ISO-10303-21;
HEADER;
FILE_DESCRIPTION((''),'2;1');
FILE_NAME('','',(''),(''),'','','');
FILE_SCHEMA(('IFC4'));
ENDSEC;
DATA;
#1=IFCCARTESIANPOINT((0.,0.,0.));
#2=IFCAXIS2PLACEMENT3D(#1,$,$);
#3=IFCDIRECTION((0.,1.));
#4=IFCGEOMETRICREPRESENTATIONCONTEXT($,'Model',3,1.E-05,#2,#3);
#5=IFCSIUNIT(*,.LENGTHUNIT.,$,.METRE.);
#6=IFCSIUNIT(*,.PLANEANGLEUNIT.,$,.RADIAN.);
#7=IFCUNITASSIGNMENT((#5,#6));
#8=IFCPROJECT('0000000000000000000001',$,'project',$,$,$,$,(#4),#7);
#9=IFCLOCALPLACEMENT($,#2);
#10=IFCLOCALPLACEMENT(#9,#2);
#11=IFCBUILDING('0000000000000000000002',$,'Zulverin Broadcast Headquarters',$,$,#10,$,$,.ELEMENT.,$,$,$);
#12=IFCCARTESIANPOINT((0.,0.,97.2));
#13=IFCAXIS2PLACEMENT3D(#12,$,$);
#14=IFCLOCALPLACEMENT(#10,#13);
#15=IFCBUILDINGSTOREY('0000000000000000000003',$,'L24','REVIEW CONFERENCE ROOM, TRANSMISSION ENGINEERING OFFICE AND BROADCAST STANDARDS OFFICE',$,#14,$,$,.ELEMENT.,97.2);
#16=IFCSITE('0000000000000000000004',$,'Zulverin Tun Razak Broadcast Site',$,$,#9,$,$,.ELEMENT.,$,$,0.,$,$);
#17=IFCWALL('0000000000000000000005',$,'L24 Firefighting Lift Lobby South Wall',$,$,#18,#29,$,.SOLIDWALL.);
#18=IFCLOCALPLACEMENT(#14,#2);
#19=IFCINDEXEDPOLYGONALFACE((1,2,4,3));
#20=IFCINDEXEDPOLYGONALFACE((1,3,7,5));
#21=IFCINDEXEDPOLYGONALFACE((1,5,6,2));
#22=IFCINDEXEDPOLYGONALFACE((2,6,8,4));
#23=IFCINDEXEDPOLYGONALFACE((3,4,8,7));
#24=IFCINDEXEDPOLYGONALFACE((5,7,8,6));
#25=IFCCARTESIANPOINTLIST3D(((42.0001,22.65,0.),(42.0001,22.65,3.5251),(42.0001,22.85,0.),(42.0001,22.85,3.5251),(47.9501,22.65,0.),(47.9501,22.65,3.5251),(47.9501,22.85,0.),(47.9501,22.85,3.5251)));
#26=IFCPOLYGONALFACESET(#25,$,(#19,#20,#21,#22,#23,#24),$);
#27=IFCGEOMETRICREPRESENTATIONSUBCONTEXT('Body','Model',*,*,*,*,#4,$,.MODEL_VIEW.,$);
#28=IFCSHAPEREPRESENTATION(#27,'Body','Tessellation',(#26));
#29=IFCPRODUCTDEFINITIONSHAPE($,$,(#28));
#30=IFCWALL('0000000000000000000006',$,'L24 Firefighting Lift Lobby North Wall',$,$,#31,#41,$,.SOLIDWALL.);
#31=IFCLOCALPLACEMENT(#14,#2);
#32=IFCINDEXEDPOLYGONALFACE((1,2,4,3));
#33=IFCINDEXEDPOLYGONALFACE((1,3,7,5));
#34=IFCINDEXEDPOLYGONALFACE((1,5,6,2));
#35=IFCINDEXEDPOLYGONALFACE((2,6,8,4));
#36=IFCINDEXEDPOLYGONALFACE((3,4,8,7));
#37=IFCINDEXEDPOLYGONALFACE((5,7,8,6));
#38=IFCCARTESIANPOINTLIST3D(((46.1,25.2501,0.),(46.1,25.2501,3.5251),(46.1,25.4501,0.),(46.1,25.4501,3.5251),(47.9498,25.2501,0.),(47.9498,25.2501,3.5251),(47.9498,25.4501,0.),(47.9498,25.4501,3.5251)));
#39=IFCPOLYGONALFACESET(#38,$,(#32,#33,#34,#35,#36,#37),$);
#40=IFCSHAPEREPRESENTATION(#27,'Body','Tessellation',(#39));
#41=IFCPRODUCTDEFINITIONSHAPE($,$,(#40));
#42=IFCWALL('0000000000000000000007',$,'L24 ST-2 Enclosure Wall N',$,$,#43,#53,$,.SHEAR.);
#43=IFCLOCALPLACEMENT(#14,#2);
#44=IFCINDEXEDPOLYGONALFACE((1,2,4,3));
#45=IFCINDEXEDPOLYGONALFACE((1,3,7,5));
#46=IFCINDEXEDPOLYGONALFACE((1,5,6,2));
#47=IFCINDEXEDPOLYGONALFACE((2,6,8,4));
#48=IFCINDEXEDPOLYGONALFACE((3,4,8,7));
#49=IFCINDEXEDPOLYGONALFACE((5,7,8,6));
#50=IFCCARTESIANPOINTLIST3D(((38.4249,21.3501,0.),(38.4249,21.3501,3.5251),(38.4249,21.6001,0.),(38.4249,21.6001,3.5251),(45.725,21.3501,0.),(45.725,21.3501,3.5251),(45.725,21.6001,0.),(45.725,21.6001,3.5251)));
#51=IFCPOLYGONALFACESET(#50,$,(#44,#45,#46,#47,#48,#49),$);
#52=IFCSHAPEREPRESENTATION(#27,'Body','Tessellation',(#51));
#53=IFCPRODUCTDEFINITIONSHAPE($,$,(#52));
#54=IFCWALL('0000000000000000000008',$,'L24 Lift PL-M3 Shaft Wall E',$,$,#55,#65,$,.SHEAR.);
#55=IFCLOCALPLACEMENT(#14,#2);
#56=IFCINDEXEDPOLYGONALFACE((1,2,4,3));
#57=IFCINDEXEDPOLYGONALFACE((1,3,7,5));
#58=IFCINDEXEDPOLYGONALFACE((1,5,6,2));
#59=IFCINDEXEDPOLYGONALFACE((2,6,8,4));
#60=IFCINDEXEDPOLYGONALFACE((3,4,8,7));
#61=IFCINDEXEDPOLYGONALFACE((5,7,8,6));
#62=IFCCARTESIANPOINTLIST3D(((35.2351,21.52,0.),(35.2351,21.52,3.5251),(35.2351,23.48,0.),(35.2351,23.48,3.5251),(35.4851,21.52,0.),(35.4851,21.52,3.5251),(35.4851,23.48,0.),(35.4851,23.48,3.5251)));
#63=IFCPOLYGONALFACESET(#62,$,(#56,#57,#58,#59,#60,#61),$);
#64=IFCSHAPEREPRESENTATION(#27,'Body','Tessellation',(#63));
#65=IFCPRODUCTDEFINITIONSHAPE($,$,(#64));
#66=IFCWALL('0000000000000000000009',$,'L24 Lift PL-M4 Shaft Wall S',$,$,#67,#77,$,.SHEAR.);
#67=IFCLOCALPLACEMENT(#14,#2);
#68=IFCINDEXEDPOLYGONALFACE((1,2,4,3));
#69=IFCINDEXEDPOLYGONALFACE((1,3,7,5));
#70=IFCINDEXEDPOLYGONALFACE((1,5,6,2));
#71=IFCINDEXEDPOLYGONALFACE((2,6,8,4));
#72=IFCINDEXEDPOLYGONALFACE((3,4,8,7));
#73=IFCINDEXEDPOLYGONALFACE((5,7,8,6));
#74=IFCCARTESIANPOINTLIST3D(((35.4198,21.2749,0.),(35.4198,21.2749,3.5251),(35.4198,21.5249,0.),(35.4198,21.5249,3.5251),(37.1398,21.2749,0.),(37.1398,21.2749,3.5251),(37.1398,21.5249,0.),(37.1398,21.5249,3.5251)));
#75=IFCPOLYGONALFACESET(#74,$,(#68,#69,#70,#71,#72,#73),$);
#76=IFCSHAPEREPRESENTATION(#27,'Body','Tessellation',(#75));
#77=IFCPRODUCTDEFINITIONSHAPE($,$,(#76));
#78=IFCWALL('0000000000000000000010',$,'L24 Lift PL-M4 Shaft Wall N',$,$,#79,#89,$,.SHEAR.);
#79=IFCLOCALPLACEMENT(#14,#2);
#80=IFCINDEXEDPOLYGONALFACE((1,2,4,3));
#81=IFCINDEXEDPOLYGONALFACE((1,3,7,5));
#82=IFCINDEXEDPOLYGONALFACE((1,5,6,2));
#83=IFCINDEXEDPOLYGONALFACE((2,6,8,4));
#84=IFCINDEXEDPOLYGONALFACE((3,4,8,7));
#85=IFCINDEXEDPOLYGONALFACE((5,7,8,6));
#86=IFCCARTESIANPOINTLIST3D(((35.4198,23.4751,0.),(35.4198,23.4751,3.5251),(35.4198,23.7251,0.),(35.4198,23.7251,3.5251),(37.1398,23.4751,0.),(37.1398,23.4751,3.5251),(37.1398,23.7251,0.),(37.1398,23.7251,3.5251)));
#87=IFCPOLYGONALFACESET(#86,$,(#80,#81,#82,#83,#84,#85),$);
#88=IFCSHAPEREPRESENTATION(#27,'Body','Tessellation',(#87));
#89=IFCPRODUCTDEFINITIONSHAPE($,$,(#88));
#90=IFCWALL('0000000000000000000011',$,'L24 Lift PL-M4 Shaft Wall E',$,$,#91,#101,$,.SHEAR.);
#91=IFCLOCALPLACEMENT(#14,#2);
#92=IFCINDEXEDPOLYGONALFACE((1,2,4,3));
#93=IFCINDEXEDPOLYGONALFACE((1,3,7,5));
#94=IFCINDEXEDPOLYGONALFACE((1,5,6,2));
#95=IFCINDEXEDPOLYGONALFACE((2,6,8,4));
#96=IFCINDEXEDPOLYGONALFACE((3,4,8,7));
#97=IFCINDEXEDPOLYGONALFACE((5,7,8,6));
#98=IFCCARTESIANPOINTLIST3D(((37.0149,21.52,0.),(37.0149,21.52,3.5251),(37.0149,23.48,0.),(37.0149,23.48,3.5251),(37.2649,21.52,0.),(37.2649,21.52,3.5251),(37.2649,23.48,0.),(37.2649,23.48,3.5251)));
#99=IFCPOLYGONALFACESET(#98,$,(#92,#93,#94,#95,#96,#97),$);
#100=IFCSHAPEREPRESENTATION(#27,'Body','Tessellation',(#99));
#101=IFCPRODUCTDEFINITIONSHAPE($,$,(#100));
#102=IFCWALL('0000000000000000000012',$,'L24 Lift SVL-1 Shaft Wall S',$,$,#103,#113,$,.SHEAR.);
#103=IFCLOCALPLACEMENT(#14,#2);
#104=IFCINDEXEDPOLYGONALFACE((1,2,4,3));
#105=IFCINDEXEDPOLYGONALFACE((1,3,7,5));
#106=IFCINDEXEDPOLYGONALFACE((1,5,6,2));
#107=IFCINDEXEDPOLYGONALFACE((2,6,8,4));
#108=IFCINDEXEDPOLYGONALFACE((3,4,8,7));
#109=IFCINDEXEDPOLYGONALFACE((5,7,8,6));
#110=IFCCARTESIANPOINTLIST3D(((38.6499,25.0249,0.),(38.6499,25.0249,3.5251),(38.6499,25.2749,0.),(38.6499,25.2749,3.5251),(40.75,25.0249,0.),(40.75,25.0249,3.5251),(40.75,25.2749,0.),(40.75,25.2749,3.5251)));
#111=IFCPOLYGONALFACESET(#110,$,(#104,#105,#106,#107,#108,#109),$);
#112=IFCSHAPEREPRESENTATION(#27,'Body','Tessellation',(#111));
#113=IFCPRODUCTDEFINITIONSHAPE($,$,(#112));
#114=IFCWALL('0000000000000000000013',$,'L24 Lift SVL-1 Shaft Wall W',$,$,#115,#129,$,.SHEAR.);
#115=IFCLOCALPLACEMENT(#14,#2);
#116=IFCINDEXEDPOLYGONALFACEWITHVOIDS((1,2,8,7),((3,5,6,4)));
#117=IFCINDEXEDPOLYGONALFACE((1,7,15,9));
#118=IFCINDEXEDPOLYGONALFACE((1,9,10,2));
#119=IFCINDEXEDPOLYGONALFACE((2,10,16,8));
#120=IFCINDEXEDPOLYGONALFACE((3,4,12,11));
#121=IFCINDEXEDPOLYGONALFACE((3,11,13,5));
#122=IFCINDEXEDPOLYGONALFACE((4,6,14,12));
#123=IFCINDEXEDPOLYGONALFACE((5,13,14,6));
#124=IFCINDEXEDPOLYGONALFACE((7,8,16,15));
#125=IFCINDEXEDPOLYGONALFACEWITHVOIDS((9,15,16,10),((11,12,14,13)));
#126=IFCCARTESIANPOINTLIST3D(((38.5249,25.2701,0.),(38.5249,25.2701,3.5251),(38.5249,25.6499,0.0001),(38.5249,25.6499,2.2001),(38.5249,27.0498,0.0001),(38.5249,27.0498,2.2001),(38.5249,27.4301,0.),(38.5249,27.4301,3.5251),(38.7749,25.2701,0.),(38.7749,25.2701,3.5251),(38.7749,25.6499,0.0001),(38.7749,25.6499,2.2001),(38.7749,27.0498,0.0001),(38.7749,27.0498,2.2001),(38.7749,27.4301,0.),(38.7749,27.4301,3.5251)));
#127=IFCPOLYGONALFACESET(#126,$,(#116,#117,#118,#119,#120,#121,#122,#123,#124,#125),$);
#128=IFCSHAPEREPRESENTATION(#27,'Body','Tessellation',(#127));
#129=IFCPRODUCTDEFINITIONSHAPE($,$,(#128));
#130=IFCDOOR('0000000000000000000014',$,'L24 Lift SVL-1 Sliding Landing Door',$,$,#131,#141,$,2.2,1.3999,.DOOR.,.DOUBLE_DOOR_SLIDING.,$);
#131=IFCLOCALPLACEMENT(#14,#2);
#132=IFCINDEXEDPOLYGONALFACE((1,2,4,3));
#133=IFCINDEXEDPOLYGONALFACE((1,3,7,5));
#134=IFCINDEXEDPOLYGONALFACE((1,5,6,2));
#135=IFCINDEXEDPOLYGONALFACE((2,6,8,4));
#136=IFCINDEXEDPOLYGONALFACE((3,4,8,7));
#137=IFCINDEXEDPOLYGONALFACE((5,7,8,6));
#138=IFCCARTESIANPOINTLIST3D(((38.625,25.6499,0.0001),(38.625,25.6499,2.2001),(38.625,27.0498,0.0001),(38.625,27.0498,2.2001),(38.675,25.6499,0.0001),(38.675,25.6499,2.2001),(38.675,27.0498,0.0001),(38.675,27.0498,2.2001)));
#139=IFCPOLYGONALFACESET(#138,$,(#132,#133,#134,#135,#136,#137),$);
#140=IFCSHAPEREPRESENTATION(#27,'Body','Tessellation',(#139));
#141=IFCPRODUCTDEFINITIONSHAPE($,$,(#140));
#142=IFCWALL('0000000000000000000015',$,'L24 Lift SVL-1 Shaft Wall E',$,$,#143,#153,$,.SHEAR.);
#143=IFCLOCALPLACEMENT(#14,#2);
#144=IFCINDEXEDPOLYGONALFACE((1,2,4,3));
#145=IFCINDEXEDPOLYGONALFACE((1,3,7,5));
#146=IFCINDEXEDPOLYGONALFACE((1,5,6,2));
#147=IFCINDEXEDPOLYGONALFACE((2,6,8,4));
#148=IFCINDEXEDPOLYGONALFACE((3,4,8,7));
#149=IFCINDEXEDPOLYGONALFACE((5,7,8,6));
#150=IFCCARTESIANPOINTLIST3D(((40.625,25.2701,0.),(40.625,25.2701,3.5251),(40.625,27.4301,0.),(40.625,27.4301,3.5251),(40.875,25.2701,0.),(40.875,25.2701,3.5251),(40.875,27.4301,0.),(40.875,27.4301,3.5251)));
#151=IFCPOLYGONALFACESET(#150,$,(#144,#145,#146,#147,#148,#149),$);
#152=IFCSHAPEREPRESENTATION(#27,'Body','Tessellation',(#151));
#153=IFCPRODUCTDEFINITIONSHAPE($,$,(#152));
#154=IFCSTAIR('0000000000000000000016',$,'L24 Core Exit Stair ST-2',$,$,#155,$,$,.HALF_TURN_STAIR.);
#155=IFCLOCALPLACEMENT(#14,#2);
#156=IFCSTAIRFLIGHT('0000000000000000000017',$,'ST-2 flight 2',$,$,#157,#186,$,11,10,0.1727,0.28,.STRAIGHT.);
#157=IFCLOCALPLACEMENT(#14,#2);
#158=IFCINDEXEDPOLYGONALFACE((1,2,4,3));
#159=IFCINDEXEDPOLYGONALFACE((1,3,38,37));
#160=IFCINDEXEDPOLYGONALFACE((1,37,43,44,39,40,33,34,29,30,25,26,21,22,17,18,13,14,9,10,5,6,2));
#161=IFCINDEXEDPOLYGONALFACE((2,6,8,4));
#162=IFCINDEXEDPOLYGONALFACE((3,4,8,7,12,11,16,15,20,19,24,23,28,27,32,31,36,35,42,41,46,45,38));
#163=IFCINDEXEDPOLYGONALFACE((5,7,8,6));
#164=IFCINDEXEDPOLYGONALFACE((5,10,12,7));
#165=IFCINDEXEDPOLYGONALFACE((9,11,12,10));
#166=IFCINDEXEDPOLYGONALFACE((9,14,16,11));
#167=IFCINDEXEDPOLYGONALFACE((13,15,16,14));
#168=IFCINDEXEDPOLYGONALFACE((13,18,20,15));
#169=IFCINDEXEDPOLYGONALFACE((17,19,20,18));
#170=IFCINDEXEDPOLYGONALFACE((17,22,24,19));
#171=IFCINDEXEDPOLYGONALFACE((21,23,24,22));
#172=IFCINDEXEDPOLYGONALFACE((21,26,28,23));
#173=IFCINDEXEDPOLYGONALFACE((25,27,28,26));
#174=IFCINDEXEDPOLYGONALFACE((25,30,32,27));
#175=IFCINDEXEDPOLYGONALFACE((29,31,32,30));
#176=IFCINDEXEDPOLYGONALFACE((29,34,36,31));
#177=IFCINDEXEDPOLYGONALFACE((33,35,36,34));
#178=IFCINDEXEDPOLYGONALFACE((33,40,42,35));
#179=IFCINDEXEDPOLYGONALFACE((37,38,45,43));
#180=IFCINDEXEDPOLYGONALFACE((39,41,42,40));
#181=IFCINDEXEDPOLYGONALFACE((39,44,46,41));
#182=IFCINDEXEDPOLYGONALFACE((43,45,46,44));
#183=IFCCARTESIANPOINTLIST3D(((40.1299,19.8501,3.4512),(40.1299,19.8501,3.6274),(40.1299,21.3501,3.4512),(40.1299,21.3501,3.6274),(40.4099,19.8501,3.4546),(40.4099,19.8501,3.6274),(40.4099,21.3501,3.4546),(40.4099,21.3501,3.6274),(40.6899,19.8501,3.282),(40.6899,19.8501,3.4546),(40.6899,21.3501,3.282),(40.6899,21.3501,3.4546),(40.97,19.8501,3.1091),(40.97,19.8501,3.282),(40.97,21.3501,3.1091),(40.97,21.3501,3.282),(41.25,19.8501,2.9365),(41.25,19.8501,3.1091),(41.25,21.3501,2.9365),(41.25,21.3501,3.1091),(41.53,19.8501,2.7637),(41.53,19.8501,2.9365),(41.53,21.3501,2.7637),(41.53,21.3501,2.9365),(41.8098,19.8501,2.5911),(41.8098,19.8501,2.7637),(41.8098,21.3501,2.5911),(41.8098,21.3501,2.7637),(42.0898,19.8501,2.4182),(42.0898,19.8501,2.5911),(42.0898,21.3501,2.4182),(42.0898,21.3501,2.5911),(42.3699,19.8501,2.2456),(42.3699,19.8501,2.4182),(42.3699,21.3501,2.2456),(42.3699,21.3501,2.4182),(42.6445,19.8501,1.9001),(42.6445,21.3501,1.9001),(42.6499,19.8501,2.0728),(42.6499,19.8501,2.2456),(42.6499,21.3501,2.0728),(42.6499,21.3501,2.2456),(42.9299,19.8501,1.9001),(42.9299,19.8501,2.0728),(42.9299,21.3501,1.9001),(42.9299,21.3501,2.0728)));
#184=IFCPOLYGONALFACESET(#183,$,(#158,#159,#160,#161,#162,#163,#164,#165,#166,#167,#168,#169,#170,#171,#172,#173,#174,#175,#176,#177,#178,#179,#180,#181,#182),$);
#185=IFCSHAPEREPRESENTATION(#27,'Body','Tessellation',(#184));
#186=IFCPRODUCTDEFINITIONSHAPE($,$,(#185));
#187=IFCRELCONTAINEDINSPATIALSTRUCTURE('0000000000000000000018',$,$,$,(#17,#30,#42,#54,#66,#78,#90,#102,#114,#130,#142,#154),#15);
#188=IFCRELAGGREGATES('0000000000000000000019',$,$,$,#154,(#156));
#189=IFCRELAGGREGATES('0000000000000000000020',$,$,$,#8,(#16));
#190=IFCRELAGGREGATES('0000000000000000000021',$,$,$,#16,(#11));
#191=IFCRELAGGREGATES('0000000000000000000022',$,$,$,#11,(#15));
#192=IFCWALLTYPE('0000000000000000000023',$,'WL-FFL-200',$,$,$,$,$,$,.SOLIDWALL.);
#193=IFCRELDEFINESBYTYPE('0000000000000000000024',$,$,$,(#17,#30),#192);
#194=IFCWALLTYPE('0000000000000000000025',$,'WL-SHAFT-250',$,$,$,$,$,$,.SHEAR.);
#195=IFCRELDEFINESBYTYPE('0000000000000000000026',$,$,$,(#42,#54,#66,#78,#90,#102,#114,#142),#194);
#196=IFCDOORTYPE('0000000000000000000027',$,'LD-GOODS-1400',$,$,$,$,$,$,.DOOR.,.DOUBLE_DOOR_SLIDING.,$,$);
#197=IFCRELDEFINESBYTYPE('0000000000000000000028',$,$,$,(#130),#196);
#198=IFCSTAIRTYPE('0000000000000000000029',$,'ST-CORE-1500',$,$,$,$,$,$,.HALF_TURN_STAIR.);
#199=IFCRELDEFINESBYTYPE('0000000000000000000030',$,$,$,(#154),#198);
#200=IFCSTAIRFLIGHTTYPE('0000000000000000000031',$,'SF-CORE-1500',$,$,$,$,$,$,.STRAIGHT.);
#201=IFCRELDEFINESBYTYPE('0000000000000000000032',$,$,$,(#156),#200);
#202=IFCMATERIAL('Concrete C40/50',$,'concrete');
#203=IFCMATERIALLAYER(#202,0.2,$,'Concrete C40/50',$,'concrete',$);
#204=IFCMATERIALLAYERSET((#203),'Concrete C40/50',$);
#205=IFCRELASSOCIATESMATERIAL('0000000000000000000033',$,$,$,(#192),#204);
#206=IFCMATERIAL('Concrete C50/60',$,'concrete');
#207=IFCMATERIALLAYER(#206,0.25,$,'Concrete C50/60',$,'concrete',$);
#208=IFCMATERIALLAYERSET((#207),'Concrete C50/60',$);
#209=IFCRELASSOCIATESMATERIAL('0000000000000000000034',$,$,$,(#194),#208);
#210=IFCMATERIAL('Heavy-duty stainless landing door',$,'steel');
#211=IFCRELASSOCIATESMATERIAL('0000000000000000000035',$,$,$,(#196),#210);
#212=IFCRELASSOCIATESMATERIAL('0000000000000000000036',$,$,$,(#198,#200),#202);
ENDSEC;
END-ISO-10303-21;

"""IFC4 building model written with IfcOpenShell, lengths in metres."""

from ifc_helpers import new_model, si_unit, direction, frame, frame_2d, origin, place, context, subcontext, project, spatial, polyline, rectangle, outline, extrude, material, layer, layer_set, type_object, element, fill, aggregate, save


model = new_model("IFC4")

# Units and contexts
model_context = context("Model", 3, precision=1e-05, world=origin(), true_north=direction((0.0, 1.0)))
body_context = subcontext(model_context, "Body", "Model", "MODEL_VIEW")
ifc_project = project(units=[si_unit("LENGTHUNIT", "METRE"), si_unit("PLANEANGLEUNIT", "RADIAN")], contexts=[model_context])

# Site, building, storey
site_placement = place(None, origin())
site = spatial("IfcSite", under=ifc_project, at=site_placement, Name="Zulverin Tun Razak Broadcast Site", CompositionType="ELEMENT", RefElevation=0.0)
building_placement = place(site_placement, origin())
building = spatial("IfcBuilding", under=site, at=building_placement, Name="Zulverin Broadcast Headquarters", CompositionType="ELEMENT")
storey_placement = place(building_placement, frame((0.0, 0.0, 97.2)))
storey = spatial("IfcBuildingStorey", under=building, at=storey_placement, Name="L24", Description="REVIEW CONFERENCE ROOM, TRANSMISSION ENGINEERING OFFICE AND BROADCAST STANDARDS OFFICE", CompositionType="ELEMENT", Elevation=97.2)

# Shared definitions
ifc_material_1 = material(Name="Concrete C40/50", Category="concrete")
ifc_layer_1 = layer(ifc_material_1, 0.2, Name="Concrete C40/50", Category="concrete")
ifc_layer_set_1 = layer_set([ifc_layer_1], Name="Concrete C40/50")
wall_type_1 = type_object("IfcWallType", Name="WL-FFL-200", PredefinedType="SOLIDWALL", material=ifc_layer_set_1)

# Walls
wall_1_placement = place(storey_placement, frame((42.0, 22.75, 0.0), z_axis=(0.0, 0.0, 1.0), x_axis=(1.0, 0.0, 0.0)))
element("IfcWall", 1, at=wall_1_placement, inside=storey, type_object=wall_type_1, Name="L24 Firefighting Lift Lobby South Wall", PredefinedType="SOLIDWALL", context=body_context, shape_type="SweptSolid", body=[
    extrude(rectangle(XDim=5.95, YDim=0.2, at=frame_2d((2.9751, 0.0))), origin(), (0.0, 0.0, 1.0), 3.5251),
])
wall_2_placement = place(storey_placement, frame((46.1001, 25.3501, 0.0), z_axis=(0.0, 0.0, 1.0), x_axis=(1.0, 0.0, 0.0)))
element("IfcWall", 2, at=wall_2_placement, inside=storey, type_object=wall_type_1, Name="L24 Firefighting Lift Lobby North Wall", PredefinedType="SOLIDWALL", context=body_context, shape_type="SweptSolid", body=[
    extrude(rectangle(XDim=1.8499, YDim=0.2, at=frame_2d((0.9248, 0.0))), origin(), (0.0, 0.0, 1.0), 3.5251),
])

# Walls
ifc_material_2 = material(Name="Concrete C50/60", Category="concrete")
ifc_layer_2 = layer(ifc_material_2, 0.25, Name="Concrete C50/60", Category="concrete")
ifc_layer_set_2 = layer_set([ifc_layer_2], Name="Concrete C50/60")
wall_type_2 = type_object("IfcWallType", Name="WL-SHAFT-250", PredefinedType="SHEAR", material=ifc_layer_set_2)
wall_3_placement = place(storey_placement, frame((38.425, 21.4751, 0.0), z_axis=(0.0, 0.0, 1.0), x_axis=(1.0, 0.0, 0.0)))
element("IfcWall", 3, at=wall_3_placement, inside=storey, type_object=wall_type_2, Name="L24 ST-2 Enclosure Wall N", PredefinedType="SHEAR", context=body_context, shape_type="SweptSolid", body=[
    extrude(rectangle(XDim=7.3, YDim=0.25, at=frame_2d((3.6499, 0.0))), origin(), (0.0, 0.0, 1.0), 3.5251),
])
wall_4_placement = place(storey_placement, frame((35.3601, 21.52, 0.0), z_axis=(0.0, 0.0, 1.0), x_axis=(0.0, 1.0, 0.0)))
element("IfcWall", 4, at=wall_4_placement, inside=storey, type_object=wall_type_2, Name="L24 Lift PL-M3 Shaft Wall E", PredefinedType="SHEAR", context=body_context, shape_type="SweptSolid", body=[
    extrude(rectangle(XDim=1.96, YDim=0.25, at=frame_2d((0.98, 0.0))), origin(), (0.0, 0.0, 1.0), 3.5251),
])
for number, where, z_axis, x_axis, name in (
    (5, (35.4199, 21.3999, 0.0), (0.0, 0.0, 1.0), (1.0, 0.0, 0.0), "L24 Lift PL-M4 Shaft Wall S"),
    (6, (35.4199, 23.6001, 0.0), (0.0, 0.0, 1.0), (1.0, 0.0, 0.0), "L24 Lift PL-M4 Shaft Wall N"),
):
    element("IfcWall", number, at=place(storey_placement, frame(where, z_axis=z_axis, x_axis=x_axis)), inside=storey, type_object=wall_type_2, Name=name, PredefinedType="SHEAR", context=body_context, shape_type="SweptSolid", body=[
        extrude(rectangle(XDim=1.72, YDim=0.25, at=frame_2d((0.8599, 0.0))), origin(), (0.0, 0.0, 1.0), 3.5251),
    ])
wall_5_placement = place(storey_placement, frame((37.1399, 21.52, 0.0), z_axis=(0.0, 0.0, 1.0), x_axis=(0.0, 1.0, 0.0)))
element("IfcWall", 7, at=wall_5_placement, inside=storey, type_object=wall_type_2, Name="L24 Lift PL-M4 Shaft Wall E", PredefinedType="SHEAR", context=body_context, shape_type="SweptSolid", body=[
    extrude(rectangle(XDim=1.96, YDim=0.25, at=frame_2d((0.98, 0.0))), origin(), (0.0, 0.0, 1.0), 3.5251),
])

# Wall
wall_6_placement = place(storey_placement, frame((38.6499, 25.1499, 0.0), z_axis=(0.0, 0.0, 1.0), x_axis=(1.0, 0.0, 0.0)))
element("IfcWall", 8, at=wall_6_placement, inside=storey, type_object=wall_type_2, Name="L24 Lift SVL-1 Shaft Wall S", PredefinedType="SHEAR", context=body_context, shape_type="SweptSolid", body=[
    extrude(rectangle(XDim=2.1001, YDim=0.25, at=frame_2d((1.05, 0.0))), origin(), (0.0, 0.0, 1.0), 3.5251),
])

# Wall, opening, door
wall_7_placement = place(storey_placement, frame((38.6499, 25.27, 0.0), z_axis=(0.0, 0.0, 1.0), x_axis=(0.0, 1.0, 0.0)))
wall_7 = element("IfcWall", 9, at=wall_7_placement, inside=storey, type_object=wall_type_2, Name="L24 Lift SVL-1 Shaft Wall W", PredefinedType="SHEAR", context=body_context, shape_type="SweptSolid", body=[
    extrude(rectangle(XDim=2.1599, YDim=0.25, at=frame_2d((1.0801, 0.0))), origin(), (0.0, 0.0, 1.0), 3.5251),
])
opening_1_placement = place(wall_7_placement, frame((0.3799, 0.0, 0.0)))
opening_1 = element("IfcOpeningElement", 10, at=opening_1_placement, cuts=wall_7, PredefinedType="OPENING", context=body_context, shape_type="SweptSolid", body=[
    extrude(rectangle(XDim=1.3999, YDim=2.2, at=frame_2d((0.7, 1.1001))), frame((0.0, 0.135, 0.0), z_axis=(0.0, -1.0, 0.0), x_axis=(1.0, 0.0, 0.0)), (0.0, 0.0, 1.0), 0.27),
])
ifc_material_3 = material(Name="Heavy-duty stainless landing door", Category="steel")
door_type_1 = type_object("IfcDoorType", Name="LD-GOODS-1400", OperationType="DOUBLE_DOOR_SLIDING", PredefinedType="DOOR", material=ifc_material_3)
door_1_placement = place(opening_1_placement, origin())
door_1 = element("IfcDoor", 11, at=door_1_placement, inside=storey, type_object=door_type_1, Name="L24 Lift SVL-1 Sliding Landing Door", OperationType="DOUBLE_DOOR_SLIDING", OverallHeight=2.2, OverallWidth=1.3999, PredefinedType="DOOR", context=body_context, shape_type="SweptSolid", body=[
    extrude(rectangle(XDim=1.3999, YDim=2.2, at=frame_2d((0.7, 1.1001))), frame((0.0, 0.0249, 0.0), z_axis=(0.0, -1.0, 0.0), x_axis=(1.0, 0.0, 0.0)), (0.0, 0.0, 1.0), 0.05),
])
fill(opening_1, door_1)

# Wall
wall_8_placement = place(storey_placement, frame((40.75, 25.27, 0.0), z_axis=(0.0, 0.0, 1.0), x_axis=(0.0, 1.0, 0.0)))
element("IfcWall", 12, at=wall_8_placement, inside=storey, type_object=wall_type_2, Name="L24 Lift SVL-1 Shaft Wall E", PredefinedType="SHEAR", context=body_context, shape_type="SweptSolid", body=[
    extrude(rectangle(XDim=2.1599, YDim=0.25, at=frame_2d((1.0801, 0.0))), origin(), (0.0, 0.0, 1.0), 3.5251),
])

# Stair, stair flight
stair_type = type_object("IfcStairType", Name="ST-CORE-1500", PredefinedType="HALF_TURN_STAIR", material=ifc_material_1)
stair_placement = place(storey_placement, origin())
stair = element("IfcStair", 13, at=stair_placement, inside=storey, type_object=stair_type, Name="L24 Core Exit Stair ST-2", PredefinedType="HALF_TURN_STAIR")
stair_flight_type = type_object("IfcStairFlightType", Name="SF-CORE-1500", PredefinedType="STRAIGHT", material=ifc_material_1)
stair_flight_placement = place(storey_placement, frame((42.9299, 20.6001, 1.9001), z_axis=(0.0, 0.0, 1.0), x_axis=(-1.0, 0.0, 0.0)))
stair_flight = element("IfcStairFlight", 14, at=stair_flight_placement, type_object=stair_flight_type, Name="ST-2 flight 2", NumberOfRisers=11, NumberOfTreads=10, PredefinedType="STRAIGHT", RiserHeight=0.1727, TreadLength=0.28, context=body_context, shape_type="SweptSolid", body=[
    extrude(outline(polyline([(0.0, 0.0), (0.0, 0.1726), (0.28, 0.1726), (0.28, 0.3455), (0.5601, 0.3455), (0.5601, 0.5181), (0.8401, 0.5181), (0.8401, 0.6909), (1.1201, 0.6909), (1.1201, 0.8635), (1.3999, 0.8635), (1.3999, 1.0364), (1.6799, 1.0364), (1.6799, 1.209), (1.96, 1.209), (1.96, 1.3818), (2.24, 1.3818), (2.24, 1.5544), (2.52, 1.5544), (2.52, 1.7273), (2.8, 1.7273), (2.8, 1.8999), (2.8, 1.551), (0.2854, 0.0), (0.0, 0.0)])), frame((0.0, 0.75, 0.0), z_axis=(0.0, -1.0, 0.0), x_axis=(1.0, 0.0, 0.0)), (0.0, 0.0, 1.0), 1.5),
])
aggregate(stair, [stair_flight])

save(model, "model.ifc")
